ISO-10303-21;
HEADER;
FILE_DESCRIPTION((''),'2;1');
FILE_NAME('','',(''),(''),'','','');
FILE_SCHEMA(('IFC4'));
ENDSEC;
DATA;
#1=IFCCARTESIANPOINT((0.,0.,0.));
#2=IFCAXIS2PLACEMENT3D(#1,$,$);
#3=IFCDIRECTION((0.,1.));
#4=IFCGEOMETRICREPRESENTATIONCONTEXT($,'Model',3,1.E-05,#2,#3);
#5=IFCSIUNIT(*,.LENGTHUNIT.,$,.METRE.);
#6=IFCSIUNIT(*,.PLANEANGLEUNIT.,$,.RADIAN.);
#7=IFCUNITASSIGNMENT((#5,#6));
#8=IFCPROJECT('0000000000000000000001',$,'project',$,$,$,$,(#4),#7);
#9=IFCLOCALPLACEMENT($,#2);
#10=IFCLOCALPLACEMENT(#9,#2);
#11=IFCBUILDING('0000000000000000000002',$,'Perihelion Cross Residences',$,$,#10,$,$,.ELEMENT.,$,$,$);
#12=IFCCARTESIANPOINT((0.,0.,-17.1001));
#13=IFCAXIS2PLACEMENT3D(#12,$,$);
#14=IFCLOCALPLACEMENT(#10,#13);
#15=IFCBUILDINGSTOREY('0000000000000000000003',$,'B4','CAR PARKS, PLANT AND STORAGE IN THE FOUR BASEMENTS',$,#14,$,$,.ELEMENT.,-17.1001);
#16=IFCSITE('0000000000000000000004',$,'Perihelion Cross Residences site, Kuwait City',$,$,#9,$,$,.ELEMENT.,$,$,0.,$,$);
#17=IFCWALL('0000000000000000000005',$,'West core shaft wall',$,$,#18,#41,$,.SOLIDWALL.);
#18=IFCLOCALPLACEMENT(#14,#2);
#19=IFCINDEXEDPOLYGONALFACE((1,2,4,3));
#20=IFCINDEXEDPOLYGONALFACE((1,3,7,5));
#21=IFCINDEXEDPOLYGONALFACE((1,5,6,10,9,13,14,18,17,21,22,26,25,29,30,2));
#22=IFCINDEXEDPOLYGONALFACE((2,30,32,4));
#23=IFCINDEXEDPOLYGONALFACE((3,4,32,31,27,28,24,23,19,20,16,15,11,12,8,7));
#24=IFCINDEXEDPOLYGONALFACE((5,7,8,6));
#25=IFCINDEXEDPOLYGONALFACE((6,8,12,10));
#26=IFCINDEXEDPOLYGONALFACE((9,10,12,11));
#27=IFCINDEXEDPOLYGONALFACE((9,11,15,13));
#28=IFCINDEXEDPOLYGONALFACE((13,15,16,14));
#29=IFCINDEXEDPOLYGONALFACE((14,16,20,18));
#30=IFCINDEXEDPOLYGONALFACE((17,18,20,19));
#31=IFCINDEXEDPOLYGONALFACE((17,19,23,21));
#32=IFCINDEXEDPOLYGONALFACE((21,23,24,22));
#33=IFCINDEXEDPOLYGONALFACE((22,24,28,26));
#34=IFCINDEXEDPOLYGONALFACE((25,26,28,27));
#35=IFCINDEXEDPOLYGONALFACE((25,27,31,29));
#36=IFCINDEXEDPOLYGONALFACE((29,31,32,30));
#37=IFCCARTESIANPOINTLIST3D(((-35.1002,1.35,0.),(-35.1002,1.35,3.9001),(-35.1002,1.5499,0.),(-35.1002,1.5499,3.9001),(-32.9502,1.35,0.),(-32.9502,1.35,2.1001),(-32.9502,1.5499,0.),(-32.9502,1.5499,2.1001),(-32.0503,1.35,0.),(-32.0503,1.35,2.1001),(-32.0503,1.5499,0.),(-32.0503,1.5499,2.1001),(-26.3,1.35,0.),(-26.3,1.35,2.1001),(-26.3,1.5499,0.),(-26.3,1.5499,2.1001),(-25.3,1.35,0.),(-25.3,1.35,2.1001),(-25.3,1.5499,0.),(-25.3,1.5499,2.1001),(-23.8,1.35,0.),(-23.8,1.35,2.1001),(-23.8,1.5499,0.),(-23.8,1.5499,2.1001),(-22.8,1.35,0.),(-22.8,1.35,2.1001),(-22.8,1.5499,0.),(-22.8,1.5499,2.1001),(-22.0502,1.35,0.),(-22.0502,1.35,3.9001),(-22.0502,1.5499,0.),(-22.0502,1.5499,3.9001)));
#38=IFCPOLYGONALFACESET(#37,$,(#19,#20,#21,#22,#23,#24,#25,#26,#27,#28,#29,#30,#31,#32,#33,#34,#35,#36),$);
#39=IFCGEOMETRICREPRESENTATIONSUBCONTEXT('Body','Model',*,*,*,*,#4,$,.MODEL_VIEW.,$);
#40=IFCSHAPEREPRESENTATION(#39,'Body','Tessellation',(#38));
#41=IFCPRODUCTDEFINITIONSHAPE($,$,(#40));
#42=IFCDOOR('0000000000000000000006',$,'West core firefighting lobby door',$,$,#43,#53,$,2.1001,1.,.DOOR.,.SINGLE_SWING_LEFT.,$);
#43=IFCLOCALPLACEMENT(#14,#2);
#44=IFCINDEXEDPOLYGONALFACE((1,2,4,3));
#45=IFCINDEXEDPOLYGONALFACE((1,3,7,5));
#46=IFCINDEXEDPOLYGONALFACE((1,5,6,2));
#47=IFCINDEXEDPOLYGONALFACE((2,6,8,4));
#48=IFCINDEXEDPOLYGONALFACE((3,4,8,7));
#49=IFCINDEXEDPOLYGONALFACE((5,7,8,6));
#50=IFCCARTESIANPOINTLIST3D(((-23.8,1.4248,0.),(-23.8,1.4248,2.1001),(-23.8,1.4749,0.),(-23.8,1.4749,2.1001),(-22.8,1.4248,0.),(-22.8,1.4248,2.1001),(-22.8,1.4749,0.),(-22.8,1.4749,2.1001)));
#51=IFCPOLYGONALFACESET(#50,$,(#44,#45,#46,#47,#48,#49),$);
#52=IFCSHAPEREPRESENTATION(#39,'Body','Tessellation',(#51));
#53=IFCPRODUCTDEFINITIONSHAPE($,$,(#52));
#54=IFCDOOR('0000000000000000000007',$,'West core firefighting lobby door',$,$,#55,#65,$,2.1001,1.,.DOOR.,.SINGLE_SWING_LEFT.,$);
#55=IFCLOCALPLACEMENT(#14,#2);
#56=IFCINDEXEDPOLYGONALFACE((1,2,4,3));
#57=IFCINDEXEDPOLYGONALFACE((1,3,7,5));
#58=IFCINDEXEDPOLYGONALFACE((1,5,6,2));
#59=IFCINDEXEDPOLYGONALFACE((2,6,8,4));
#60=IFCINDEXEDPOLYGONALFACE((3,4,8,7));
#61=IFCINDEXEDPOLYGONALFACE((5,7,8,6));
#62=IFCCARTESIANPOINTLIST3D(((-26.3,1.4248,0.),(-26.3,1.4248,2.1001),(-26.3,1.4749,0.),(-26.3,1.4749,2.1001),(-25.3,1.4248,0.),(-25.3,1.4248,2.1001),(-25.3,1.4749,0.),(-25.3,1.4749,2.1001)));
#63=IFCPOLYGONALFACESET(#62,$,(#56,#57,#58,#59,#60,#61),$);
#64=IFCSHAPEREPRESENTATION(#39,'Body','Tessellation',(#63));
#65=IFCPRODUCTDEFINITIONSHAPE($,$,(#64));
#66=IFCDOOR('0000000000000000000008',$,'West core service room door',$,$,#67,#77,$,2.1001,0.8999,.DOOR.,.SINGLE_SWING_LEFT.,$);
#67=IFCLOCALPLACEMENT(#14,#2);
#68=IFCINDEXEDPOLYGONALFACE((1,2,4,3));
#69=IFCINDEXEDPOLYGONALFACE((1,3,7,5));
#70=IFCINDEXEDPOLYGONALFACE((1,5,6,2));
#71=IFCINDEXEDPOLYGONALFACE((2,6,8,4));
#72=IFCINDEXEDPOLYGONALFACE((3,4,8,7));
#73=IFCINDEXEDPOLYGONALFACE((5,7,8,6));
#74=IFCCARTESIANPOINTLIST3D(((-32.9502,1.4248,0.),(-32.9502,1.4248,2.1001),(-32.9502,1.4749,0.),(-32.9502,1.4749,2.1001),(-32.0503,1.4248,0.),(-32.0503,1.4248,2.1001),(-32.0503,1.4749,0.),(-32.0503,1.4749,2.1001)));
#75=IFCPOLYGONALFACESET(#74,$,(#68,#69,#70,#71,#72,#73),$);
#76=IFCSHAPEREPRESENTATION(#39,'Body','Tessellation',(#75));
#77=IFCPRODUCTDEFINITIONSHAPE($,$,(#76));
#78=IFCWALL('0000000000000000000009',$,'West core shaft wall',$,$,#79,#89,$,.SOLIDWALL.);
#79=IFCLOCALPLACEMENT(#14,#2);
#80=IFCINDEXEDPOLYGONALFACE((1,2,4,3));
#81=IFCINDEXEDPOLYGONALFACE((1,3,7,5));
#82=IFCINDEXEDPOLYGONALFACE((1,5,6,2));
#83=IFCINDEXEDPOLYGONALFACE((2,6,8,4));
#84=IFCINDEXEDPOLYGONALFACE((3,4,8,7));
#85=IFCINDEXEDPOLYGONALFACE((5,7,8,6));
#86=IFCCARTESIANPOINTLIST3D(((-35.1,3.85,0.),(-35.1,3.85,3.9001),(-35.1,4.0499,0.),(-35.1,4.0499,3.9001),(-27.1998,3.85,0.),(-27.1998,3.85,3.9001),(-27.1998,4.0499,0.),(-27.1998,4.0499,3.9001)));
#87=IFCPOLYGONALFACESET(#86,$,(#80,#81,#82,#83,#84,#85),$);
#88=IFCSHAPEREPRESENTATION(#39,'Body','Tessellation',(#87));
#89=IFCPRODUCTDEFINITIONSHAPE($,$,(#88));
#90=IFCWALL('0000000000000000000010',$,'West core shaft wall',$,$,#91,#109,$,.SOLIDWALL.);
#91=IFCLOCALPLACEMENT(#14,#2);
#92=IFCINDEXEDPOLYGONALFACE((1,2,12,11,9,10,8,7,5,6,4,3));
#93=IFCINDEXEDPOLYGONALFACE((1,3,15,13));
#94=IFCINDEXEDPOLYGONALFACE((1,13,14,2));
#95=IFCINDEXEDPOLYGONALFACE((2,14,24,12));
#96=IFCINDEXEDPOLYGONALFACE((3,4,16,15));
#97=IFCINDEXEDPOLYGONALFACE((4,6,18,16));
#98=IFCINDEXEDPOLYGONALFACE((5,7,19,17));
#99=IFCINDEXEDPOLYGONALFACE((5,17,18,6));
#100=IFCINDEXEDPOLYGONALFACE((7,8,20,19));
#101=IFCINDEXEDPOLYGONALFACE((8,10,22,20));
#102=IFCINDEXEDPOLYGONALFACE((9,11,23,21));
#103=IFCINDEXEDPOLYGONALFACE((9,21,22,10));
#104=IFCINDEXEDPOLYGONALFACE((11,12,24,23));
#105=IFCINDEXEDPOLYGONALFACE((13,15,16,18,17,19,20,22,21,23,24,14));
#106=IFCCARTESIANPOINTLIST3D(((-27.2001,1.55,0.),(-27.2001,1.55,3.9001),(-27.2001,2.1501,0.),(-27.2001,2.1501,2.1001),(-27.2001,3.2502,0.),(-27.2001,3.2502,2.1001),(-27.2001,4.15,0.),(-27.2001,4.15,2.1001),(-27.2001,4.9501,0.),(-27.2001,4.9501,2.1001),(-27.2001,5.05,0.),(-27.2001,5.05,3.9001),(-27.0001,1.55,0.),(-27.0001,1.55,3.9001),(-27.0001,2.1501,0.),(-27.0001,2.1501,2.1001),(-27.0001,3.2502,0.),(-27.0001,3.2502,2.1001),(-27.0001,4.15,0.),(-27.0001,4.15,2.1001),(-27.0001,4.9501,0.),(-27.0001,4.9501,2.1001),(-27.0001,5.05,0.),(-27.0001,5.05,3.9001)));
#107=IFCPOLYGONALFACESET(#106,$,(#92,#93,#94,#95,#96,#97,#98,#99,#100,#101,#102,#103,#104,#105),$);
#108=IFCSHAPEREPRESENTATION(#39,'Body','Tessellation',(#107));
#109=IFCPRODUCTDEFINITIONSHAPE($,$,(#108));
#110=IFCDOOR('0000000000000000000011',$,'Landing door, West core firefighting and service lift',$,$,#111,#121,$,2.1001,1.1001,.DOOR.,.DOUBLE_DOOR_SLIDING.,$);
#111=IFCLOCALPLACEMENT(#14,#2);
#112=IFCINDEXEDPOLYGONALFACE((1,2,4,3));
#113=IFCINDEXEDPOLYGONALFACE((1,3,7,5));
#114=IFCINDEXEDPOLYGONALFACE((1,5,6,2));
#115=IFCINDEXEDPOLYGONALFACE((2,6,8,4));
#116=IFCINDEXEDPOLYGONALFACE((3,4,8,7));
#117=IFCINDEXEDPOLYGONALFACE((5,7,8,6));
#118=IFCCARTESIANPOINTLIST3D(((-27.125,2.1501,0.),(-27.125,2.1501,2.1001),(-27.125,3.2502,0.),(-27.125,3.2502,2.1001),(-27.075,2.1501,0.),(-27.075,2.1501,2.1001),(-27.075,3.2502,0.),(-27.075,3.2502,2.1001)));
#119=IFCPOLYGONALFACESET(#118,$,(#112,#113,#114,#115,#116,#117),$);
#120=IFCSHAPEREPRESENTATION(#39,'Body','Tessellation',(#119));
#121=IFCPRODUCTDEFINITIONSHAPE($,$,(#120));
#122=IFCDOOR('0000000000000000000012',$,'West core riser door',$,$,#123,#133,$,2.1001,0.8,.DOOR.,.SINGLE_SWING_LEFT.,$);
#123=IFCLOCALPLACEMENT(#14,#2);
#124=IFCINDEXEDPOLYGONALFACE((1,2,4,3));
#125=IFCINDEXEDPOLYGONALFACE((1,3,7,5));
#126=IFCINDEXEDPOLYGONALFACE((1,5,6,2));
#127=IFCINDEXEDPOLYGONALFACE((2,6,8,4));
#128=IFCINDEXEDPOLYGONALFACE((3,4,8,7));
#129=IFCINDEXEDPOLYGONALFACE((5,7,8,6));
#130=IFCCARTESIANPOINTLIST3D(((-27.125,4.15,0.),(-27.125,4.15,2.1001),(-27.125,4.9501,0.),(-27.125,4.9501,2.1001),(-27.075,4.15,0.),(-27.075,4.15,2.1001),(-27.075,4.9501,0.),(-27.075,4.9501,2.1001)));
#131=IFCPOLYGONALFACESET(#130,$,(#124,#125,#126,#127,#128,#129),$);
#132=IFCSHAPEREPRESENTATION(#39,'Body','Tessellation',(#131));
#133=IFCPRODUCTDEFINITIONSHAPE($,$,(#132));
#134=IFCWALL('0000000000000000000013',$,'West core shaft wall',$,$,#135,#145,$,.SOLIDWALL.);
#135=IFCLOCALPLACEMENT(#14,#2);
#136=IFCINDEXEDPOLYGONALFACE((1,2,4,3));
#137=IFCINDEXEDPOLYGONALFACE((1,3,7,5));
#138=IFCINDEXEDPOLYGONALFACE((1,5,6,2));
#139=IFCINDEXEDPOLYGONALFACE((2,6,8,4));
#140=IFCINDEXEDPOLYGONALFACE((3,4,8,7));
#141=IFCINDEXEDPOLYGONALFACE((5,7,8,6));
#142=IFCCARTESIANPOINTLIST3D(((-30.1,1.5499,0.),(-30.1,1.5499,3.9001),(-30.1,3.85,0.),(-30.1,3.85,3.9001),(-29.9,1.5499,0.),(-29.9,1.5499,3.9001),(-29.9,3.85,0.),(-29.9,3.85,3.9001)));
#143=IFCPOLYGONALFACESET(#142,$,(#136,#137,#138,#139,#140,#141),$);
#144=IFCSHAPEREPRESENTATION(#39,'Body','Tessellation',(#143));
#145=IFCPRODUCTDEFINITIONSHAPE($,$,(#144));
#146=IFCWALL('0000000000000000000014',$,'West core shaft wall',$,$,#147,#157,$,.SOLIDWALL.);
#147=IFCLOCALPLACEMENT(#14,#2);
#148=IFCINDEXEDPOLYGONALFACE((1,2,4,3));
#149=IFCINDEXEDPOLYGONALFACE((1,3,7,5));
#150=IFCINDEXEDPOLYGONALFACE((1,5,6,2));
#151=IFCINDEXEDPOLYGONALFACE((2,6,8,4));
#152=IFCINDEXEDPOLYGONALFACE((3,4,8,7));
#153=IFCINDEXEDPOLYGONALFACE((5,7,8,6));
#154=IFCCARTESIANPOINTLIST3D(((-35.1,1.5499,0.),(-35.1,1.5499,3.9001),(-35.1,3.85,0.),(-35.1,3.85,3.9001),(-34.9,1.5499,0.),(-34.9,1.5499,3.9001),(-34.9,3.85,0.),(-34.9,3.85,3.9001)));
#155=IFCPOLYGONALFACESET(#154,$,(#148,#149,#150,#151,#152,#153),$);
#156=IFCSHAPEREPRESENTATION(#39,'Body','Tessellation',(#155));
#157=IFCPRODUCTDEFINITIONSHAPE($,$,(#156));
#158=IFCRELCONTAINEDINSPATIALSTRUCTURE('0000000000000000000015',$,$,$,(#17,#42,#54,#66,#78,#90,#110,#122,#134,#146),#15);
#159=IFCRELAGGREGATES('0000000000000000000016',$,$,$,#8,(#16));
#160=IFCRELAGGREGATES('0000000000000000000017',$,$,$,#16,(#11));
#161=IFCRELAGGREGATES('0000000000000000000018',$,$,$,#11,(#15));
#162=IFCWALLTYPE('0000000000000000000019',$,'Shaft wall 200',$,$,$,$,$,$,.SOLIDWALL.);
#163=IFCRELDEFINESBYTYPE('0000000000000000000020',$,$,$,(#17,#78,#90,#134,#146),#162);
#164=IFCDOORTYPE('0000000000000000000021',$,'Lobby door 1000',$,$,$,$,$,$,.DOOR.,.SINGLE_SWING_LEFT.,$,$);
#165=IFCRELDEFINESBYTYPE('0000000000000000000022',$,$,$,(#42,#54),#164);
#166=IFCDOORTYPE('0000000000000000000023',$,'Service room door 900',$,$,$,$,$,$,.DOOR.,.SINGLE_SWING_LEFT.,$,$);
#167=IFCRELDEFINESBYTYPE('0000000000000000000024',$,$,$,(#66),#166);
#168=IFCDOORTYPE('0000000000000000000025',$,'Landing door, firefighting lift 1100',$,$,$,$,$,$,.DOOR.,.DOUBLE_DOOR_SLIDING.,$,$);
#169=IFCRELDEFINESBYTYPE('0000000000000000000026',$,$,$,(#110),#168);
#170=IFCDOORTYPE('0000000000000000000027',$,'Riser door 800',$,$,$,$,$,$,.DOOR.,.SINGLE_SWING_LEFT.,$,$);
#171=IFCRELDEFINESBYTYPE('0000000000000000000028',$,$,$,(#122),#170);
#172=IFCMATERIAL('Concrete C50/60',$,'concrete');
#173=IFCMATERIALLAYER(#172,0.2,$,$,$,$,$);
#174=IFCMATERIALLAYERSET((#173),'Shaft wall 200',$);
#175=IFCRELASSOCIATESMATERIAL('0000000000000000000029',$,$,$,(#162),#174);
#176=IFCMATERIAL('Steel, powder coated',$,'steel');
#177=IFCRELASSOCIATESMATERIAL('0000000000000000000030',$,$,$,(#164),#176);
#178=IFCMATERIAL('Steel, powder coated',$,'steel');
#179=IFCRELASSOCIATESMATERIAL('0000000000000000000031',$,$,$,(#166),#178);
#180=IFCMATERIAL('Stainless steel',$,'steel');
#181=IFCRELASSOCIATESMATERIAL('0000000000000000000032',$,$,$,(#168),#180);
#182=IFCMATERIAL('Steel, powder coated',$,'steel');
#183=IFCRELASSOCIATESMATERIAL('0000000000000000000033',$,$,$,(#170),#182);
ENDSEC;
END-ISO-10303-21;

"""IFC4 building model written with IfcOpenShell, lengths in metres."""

from ifc_helpers import new_model, si_unit, direction, frame, frame_2d, origin, place, context, subcontext, project, spatial, rectangle, extrude, material, layer, layer_set, type_object, element, fill, save


model = new_model("IFC4")

# Units and contexts
model_context = context("Model", 3, precision=1e-05, world=origin(), true_north=direction((0.0, 1.0)))
body_context = subcontext(model_context, "Body", "Model", "MODEL_VIEW")
ifc_project = project(units=[si_unit("LENGTHUNIT", "METRE"), si_unit("PLANEANGLEUNIT", "RADIAN")], contexts=[model_context])

# Site, building, storey
site_placement = place(None, origin())
site = spatial("IfcSite", under=ifc_project, at=site_placement, Name="Perihelion Cross Residences site, Kuwait City", CompositionType="ELEMENT", RefElevation=0.0)
building_placement = place(site_placement, origin())
building = spatial("IfcBuilding", under=site, at=building_placement, Name="Perihelion Cross Residences", CompositionType="ELEMENT")
storey_placement = place(building_placement, frame((0.0, 0.0, -17.1001)))
storey = spatial("IfcBuildingStorey", under=building, at=storey_placement, Name="B4", Description="CAR PARKS, PLANT AND STORAGE IN THE FOUR BASEMENTS", CompositionType="ELEMENT", Elevation=-17.1001)

# Wall, openings, doors
ifc_material_1 = material(Name="Concrete C50/60", Category="concrete")
ifc_layer_1 = layer(ifc_material_1, 0.2)
ifc_layer_set_1 = layer_set([ifc_layer_1], Name="Shaft wall 200")
wall_type_1 = type_object("IfcWallType", Name="Shaft wall 200", PredefinedType="SOLIDWALL", material=ifc_layer_set_1)
wall_1_placement = place(storey_placement, frame((-35.1001, 1.45, 0.0), z_axis=(0.0, 0.0, 1.0), x_axis=(1.0, 0.0, 0.0)))
wall_1 = element("IfcWall", 1, at=wall_1_placement, inside=storey, type_object=wall_type_1, Name="West core shaft wall", PredefinedType="SOLIDWALL", context=body_context, shape_type="SweptSolid", body=[
    extrude(rectangle(XDim=13.05, YDim=0.2, at=frame_2d((6.5249, 0.0))), origin(), (0.0, 0.0, 1.0), 3.9001),
])
opening_1_placement = place(wall_1_placement, frame((11.3, 0.0, 0.0)))
opening_1 = element("IfcOpeningElement", 2, at=opening_1_placement, cuts=wall_1, PredefinedType="OPENING", context=body_context, shape_type="SweptSolid", body=[
    extrude(rectangle(XDim=1.0, YDim=2.1001, at=frame_2d((0.5, 1.05))), frame((0.0, 0.1099, 0.0), z_axis=(0.0, -1.0, 0.0), x_axis=(1.0, 0.0, 0.0)), (0.0, 0.0, 1.0), 0.22),
])
opening_2_placement = place(wall_1_placement, frame((8.8, 0.0, 0.0)))
opening_2 = element("IfcOpeningElement", 3, at=opening_2_placement, cuts=wall_1, PredefinedType="OPENING", context=body_context, shape_type="SweptSolid", body=[
    extrude(rectangle(XDim=1.0, YDim=2.1001, at=frame_2d((0.5, 1.05))), frame((0.0, 0.1099, 0.0), z_axis=(0.0, -1.0, 0.0), x_axis=(1.0, 0.0, 0.0)), (0.0, 0.0, 1.0), 0.22),
])
opening_3_placement = place(wall_1_placement, frame((2.1499, 0.0, 0.0)))
opening_3 = element("IfcOpeningElement", 4, at=opening_3_placement, cuts=wall_1, PredefinedType="OPENING", context=body_context, shape_type="SweptSolid", body=[
    extrude(rectangle(XDim=0.8999, YDim=2.1001, at=frame_2d((0.45, 1.05))), frame((0.0, 0.1099, 0.0), z_axis=(0.0, -1.0, 0.0), x_axis=(1.0, 0.0, 0.0)), (0.0, 0.0, 1.0), 0.22),
])
ifc_material_2 = material(Name="Steel, powder coated", Category="steel")
door_type_1 = type_object("IfcDoorType", Name="Lobby door 1000", OperationType="SINGLE_SWING_LEFT", PredefinedType="DOOR", material=ifc_material_2)
door_1_placement = place(opening_1_placement, origin())
door_1 = element("IfcDoor", 5, at=door_1_placement, inside=storey, type_object=door_type_1, Name="West core firefighting lobby door", OperationType="SINGLE_SWING_LEFT", OverallHeight=2.1001, OverallWidth=1.0, PredefinedType="DOOR", context=body_context, shape_type="SweptSolid", body=[
    extrude(rectangle(XDim=1.0, YDim=2.1001, at=frame_2d((0.5, 1.05))), frame((0.0, 0.0249, 0.0), z_axis=(0.0, -1.0, 0.0), x_axis=(1.0, 0.0, 0.0)), (0.0, 0.0, 1.0), 0.05),
])
fill(opening_1, door_1)
door_2_placement = place(opening_2_placement, origin())
door_2 = element("IfcDoor", 6, at=door_2_placement, inside=storey, type_object=door_type_1, Name="West core firefighting lobby door", OperationType="SINGLE_SWING_LEFT", OverallHeight=2.1001, OverallWidth=1.0, PredefinedType="DOOR", context=body_context, shape_type="SweptSolid", body=[
    extrude(rectangle(XDim=1.0, YDim=2.1001, at=frame_2d((0.5, 1.05))), frame((0.0, 0.0249, 0.0), z_axis=(0.0, -1.0, 0.0), x_axis=(1.0, 0.0, 0.0)), (0.0, 0.0, 1.0), 0.05),
])
fill(opening_2, door_2)
ifc_material_3 = material(Name="Steel, powder coated", Category="steel")
door_type_2 = type_object("IfcDoorType", Name="Service room door 900", OperationType="SINGLE_SWING_LEFT", PredefinedType="DOOR", material=ifc_material_3)
door_3_placement = place(opening_3_placement, origin())
door_3 = element("IfcDoor", 7, at=door_3_placement, inside=storey, type_object=door_type_2, Name="West core service room door", OperationType="SINGLE_SWING_LEFT", OverallHeight=2.1001, OverallWidth=0.8999, PredefinedType="DOOR", context=body_context, shape_type="SweptSolid", body=[
    extrude(rectangle(XDim=0.8999, YDim=2.1001, at=frame_2d((0.45, 1.05))), frame((0.0, 0.0249, 0.0), z_axis=(0.0, -1.0, 0.0), x_axis=(1.0, 0.0, 0.0)), (0.0, 0.0, 1.0), 0.05),
])
fill(opening_3, door_3)

# Wall
wall_2_placement = place(storey_placement, frame((-35.1001, 3.95, 0.0), z_axis=(0.0, 0.0, 1.0), x_axis=(1.0, 0.0, 0.0)))
element("IfcWall", 8, at=wall_2_placement, inside=storey, type_object=wall_type_1, Name="West core shaft wall", PredefinedType="SOLIDWALL", context=body_context, shape_type="SweptSolid", body=[
    extrude(rectangle(XDim=7.9001, YDim=0.2, at=frame_2d((3.9502, 0.0))), origin(), (0.0, 0.0, 1.0), 3.9001),
])

# Wall, openings, doors
wall_3_placement = place(storey_placement, frame((-27.1001, 1.55, 0.0), z_axis=(0.0, 0.0, 1.0), x_axis=(0.0, 1.0, 0.0)))
wall_3 = element("IfcWall", 9, at=wall_3_placement, inside=storey, type_object=wall_type_1, Name="West core shaft wall", PredefinedType="SOLIDWALL", context=body_context, shape_type="SweptSolid", body=[
    extrude(rectangle(XDim=3.5, YDim=0.2, at=frame_2d((1.75, 0.0))), origin(), (0.0, 0.0, 1.0), 3.9001),
])
opening_4_placement = place(wall_3_placement, frame((0.6001, 0.0, 0.0)))
opening_4 = element("IfcOpeningElement", 10, at=opening_4_placement, cuts=wall_3, PredefinedType="OPENING", context=body_context, shape_type="SweptSolid", body=[
    extrude(rectangle(XDim=1.1001, YDim=2.1001, at=frame_2d((0.55, 1.05))), frame((0.0, 0.1099, 0.0), z_axis=(0.0, -1.0, 0.0), x_axis=(1.0, 0.0, 0.0)), (0.0, 0.0, 1.0), 0.22),
])
opening_5_placement = place(wall_3_placement, frame((2.6001, 0.0, 0.0)))
opening_5 = element("IfcOpeningElement", 11, at=opening_5_placement, cuts=wall_3, PredefinedType="OPENING", context=body_context, shape_type="SweptSolid", body=[
    extrude(rectangle(XDim=0.8, YDim=2.1001, at=frame_2d((0.3999, 1.05))), frame((0.0, 0.1099, 0.0), z_axis=(0.0, -1.0, 0.0), x_axis=(1.0, 0.0, 0.0)), (0.0, 0.0, 1.0), 0.22),
])
ifc_material_4 = material(Name="Stainless steel", Category="steel")
door_type_3 = type_object("IfcDoorType", Name="Landing door, firefighting lift 1100", OperationType="DOUBLE_DOOR_SLIDING", PredefinedType="DOOR", material=ifc_material_4)
door_4_placement = place(opening_4_placement, origin())
door_4 = element("IfcDoor", 12, at=door_4_placement, inside=storey, type_object=door_type_3, Name="Landing door, West core firefighting and service lift", OperationType="DOUBLE_DOOR_SLIDING", OverallHeight=2.1001, OverallWidth=1.1001, PredefinedType="DOOR", context=body_context, shape_type="SweptSolid", body=[
    extrude(rectangle(XDim=1.1001, YDim=2.1001, at=frame_2d((0.55, 1.05))), frame((0.0, 0.0249, 0.0), z_axis=(0.0, -1.0, 0.0), x_axis=(1.0, 0.0, 0.0)), (0.0, 0.0, 1.0), 0.05),
])
fill(opening_4, door_4)
ifc_material_5 = material(Name="Steel, powder coated", Category="steel")
door_type_4 = type_object("IfcDoorType", Name="Riser door 800", OperationType="SINGLE_SWING_LEFT", PredefinedType="DOOR", material=ifc_material_5)
door_5_placement = place(opening_5_placement, origin())
door_5 = element("IfcDoor", 13, at=door_5_placement, inside=storey, type_object=door_type_4, Name="West core riser door", OperationType="SINGLE_SWING_LEFT", OverallHeight=2.1001, OverallWidth=0.8, PredefinedType="DOOR", context=body_context, shape_type="SweptSolid", body=[
    extrude(rectangle(XDim=0.8, YDim=2.1001, at=frame_2d((0.3999, 1.05))), frame((0.0, 0.0249, 0.0), z_axis=(0.0, -1.0, 0.0), x_axis=(1.0, 0.0, 0.0)), (0.0, 0.0, 1.0), 0.05),
])
fill(opening_5, door_5)

# Walls
for number, where, z_axis, x_axis, name in (
    (14, (-30.0, 1.55, 0.0), (0.0, 0.0, 1.0), (0.0, 1.0, 0.0), "West core shaft wall"),
    (15, (-35.0, 1.55, 0.0), (0.0, 0.0, 1.0), (0.0, 1.0, 0.0), "West core shaft wall"),
):
    element("IfcWall", number, at=place(storey_placement, frame(where, z_axis=z_axis, x_axis=x_axis)), inside=storey, type_object=wall_type_1, Name=name, PredefinedType="SOLIDWALL", context=body_context, shape_type="SweptSolid", body=[
        extrude(rectangle(XDim=2.3, YDim=0.2, at=frame_2d((1.1499, 0.0))), origin(), (0.0, 0.0, 1.0), 3.9001),
    ])

save(model, "model.ifc")
